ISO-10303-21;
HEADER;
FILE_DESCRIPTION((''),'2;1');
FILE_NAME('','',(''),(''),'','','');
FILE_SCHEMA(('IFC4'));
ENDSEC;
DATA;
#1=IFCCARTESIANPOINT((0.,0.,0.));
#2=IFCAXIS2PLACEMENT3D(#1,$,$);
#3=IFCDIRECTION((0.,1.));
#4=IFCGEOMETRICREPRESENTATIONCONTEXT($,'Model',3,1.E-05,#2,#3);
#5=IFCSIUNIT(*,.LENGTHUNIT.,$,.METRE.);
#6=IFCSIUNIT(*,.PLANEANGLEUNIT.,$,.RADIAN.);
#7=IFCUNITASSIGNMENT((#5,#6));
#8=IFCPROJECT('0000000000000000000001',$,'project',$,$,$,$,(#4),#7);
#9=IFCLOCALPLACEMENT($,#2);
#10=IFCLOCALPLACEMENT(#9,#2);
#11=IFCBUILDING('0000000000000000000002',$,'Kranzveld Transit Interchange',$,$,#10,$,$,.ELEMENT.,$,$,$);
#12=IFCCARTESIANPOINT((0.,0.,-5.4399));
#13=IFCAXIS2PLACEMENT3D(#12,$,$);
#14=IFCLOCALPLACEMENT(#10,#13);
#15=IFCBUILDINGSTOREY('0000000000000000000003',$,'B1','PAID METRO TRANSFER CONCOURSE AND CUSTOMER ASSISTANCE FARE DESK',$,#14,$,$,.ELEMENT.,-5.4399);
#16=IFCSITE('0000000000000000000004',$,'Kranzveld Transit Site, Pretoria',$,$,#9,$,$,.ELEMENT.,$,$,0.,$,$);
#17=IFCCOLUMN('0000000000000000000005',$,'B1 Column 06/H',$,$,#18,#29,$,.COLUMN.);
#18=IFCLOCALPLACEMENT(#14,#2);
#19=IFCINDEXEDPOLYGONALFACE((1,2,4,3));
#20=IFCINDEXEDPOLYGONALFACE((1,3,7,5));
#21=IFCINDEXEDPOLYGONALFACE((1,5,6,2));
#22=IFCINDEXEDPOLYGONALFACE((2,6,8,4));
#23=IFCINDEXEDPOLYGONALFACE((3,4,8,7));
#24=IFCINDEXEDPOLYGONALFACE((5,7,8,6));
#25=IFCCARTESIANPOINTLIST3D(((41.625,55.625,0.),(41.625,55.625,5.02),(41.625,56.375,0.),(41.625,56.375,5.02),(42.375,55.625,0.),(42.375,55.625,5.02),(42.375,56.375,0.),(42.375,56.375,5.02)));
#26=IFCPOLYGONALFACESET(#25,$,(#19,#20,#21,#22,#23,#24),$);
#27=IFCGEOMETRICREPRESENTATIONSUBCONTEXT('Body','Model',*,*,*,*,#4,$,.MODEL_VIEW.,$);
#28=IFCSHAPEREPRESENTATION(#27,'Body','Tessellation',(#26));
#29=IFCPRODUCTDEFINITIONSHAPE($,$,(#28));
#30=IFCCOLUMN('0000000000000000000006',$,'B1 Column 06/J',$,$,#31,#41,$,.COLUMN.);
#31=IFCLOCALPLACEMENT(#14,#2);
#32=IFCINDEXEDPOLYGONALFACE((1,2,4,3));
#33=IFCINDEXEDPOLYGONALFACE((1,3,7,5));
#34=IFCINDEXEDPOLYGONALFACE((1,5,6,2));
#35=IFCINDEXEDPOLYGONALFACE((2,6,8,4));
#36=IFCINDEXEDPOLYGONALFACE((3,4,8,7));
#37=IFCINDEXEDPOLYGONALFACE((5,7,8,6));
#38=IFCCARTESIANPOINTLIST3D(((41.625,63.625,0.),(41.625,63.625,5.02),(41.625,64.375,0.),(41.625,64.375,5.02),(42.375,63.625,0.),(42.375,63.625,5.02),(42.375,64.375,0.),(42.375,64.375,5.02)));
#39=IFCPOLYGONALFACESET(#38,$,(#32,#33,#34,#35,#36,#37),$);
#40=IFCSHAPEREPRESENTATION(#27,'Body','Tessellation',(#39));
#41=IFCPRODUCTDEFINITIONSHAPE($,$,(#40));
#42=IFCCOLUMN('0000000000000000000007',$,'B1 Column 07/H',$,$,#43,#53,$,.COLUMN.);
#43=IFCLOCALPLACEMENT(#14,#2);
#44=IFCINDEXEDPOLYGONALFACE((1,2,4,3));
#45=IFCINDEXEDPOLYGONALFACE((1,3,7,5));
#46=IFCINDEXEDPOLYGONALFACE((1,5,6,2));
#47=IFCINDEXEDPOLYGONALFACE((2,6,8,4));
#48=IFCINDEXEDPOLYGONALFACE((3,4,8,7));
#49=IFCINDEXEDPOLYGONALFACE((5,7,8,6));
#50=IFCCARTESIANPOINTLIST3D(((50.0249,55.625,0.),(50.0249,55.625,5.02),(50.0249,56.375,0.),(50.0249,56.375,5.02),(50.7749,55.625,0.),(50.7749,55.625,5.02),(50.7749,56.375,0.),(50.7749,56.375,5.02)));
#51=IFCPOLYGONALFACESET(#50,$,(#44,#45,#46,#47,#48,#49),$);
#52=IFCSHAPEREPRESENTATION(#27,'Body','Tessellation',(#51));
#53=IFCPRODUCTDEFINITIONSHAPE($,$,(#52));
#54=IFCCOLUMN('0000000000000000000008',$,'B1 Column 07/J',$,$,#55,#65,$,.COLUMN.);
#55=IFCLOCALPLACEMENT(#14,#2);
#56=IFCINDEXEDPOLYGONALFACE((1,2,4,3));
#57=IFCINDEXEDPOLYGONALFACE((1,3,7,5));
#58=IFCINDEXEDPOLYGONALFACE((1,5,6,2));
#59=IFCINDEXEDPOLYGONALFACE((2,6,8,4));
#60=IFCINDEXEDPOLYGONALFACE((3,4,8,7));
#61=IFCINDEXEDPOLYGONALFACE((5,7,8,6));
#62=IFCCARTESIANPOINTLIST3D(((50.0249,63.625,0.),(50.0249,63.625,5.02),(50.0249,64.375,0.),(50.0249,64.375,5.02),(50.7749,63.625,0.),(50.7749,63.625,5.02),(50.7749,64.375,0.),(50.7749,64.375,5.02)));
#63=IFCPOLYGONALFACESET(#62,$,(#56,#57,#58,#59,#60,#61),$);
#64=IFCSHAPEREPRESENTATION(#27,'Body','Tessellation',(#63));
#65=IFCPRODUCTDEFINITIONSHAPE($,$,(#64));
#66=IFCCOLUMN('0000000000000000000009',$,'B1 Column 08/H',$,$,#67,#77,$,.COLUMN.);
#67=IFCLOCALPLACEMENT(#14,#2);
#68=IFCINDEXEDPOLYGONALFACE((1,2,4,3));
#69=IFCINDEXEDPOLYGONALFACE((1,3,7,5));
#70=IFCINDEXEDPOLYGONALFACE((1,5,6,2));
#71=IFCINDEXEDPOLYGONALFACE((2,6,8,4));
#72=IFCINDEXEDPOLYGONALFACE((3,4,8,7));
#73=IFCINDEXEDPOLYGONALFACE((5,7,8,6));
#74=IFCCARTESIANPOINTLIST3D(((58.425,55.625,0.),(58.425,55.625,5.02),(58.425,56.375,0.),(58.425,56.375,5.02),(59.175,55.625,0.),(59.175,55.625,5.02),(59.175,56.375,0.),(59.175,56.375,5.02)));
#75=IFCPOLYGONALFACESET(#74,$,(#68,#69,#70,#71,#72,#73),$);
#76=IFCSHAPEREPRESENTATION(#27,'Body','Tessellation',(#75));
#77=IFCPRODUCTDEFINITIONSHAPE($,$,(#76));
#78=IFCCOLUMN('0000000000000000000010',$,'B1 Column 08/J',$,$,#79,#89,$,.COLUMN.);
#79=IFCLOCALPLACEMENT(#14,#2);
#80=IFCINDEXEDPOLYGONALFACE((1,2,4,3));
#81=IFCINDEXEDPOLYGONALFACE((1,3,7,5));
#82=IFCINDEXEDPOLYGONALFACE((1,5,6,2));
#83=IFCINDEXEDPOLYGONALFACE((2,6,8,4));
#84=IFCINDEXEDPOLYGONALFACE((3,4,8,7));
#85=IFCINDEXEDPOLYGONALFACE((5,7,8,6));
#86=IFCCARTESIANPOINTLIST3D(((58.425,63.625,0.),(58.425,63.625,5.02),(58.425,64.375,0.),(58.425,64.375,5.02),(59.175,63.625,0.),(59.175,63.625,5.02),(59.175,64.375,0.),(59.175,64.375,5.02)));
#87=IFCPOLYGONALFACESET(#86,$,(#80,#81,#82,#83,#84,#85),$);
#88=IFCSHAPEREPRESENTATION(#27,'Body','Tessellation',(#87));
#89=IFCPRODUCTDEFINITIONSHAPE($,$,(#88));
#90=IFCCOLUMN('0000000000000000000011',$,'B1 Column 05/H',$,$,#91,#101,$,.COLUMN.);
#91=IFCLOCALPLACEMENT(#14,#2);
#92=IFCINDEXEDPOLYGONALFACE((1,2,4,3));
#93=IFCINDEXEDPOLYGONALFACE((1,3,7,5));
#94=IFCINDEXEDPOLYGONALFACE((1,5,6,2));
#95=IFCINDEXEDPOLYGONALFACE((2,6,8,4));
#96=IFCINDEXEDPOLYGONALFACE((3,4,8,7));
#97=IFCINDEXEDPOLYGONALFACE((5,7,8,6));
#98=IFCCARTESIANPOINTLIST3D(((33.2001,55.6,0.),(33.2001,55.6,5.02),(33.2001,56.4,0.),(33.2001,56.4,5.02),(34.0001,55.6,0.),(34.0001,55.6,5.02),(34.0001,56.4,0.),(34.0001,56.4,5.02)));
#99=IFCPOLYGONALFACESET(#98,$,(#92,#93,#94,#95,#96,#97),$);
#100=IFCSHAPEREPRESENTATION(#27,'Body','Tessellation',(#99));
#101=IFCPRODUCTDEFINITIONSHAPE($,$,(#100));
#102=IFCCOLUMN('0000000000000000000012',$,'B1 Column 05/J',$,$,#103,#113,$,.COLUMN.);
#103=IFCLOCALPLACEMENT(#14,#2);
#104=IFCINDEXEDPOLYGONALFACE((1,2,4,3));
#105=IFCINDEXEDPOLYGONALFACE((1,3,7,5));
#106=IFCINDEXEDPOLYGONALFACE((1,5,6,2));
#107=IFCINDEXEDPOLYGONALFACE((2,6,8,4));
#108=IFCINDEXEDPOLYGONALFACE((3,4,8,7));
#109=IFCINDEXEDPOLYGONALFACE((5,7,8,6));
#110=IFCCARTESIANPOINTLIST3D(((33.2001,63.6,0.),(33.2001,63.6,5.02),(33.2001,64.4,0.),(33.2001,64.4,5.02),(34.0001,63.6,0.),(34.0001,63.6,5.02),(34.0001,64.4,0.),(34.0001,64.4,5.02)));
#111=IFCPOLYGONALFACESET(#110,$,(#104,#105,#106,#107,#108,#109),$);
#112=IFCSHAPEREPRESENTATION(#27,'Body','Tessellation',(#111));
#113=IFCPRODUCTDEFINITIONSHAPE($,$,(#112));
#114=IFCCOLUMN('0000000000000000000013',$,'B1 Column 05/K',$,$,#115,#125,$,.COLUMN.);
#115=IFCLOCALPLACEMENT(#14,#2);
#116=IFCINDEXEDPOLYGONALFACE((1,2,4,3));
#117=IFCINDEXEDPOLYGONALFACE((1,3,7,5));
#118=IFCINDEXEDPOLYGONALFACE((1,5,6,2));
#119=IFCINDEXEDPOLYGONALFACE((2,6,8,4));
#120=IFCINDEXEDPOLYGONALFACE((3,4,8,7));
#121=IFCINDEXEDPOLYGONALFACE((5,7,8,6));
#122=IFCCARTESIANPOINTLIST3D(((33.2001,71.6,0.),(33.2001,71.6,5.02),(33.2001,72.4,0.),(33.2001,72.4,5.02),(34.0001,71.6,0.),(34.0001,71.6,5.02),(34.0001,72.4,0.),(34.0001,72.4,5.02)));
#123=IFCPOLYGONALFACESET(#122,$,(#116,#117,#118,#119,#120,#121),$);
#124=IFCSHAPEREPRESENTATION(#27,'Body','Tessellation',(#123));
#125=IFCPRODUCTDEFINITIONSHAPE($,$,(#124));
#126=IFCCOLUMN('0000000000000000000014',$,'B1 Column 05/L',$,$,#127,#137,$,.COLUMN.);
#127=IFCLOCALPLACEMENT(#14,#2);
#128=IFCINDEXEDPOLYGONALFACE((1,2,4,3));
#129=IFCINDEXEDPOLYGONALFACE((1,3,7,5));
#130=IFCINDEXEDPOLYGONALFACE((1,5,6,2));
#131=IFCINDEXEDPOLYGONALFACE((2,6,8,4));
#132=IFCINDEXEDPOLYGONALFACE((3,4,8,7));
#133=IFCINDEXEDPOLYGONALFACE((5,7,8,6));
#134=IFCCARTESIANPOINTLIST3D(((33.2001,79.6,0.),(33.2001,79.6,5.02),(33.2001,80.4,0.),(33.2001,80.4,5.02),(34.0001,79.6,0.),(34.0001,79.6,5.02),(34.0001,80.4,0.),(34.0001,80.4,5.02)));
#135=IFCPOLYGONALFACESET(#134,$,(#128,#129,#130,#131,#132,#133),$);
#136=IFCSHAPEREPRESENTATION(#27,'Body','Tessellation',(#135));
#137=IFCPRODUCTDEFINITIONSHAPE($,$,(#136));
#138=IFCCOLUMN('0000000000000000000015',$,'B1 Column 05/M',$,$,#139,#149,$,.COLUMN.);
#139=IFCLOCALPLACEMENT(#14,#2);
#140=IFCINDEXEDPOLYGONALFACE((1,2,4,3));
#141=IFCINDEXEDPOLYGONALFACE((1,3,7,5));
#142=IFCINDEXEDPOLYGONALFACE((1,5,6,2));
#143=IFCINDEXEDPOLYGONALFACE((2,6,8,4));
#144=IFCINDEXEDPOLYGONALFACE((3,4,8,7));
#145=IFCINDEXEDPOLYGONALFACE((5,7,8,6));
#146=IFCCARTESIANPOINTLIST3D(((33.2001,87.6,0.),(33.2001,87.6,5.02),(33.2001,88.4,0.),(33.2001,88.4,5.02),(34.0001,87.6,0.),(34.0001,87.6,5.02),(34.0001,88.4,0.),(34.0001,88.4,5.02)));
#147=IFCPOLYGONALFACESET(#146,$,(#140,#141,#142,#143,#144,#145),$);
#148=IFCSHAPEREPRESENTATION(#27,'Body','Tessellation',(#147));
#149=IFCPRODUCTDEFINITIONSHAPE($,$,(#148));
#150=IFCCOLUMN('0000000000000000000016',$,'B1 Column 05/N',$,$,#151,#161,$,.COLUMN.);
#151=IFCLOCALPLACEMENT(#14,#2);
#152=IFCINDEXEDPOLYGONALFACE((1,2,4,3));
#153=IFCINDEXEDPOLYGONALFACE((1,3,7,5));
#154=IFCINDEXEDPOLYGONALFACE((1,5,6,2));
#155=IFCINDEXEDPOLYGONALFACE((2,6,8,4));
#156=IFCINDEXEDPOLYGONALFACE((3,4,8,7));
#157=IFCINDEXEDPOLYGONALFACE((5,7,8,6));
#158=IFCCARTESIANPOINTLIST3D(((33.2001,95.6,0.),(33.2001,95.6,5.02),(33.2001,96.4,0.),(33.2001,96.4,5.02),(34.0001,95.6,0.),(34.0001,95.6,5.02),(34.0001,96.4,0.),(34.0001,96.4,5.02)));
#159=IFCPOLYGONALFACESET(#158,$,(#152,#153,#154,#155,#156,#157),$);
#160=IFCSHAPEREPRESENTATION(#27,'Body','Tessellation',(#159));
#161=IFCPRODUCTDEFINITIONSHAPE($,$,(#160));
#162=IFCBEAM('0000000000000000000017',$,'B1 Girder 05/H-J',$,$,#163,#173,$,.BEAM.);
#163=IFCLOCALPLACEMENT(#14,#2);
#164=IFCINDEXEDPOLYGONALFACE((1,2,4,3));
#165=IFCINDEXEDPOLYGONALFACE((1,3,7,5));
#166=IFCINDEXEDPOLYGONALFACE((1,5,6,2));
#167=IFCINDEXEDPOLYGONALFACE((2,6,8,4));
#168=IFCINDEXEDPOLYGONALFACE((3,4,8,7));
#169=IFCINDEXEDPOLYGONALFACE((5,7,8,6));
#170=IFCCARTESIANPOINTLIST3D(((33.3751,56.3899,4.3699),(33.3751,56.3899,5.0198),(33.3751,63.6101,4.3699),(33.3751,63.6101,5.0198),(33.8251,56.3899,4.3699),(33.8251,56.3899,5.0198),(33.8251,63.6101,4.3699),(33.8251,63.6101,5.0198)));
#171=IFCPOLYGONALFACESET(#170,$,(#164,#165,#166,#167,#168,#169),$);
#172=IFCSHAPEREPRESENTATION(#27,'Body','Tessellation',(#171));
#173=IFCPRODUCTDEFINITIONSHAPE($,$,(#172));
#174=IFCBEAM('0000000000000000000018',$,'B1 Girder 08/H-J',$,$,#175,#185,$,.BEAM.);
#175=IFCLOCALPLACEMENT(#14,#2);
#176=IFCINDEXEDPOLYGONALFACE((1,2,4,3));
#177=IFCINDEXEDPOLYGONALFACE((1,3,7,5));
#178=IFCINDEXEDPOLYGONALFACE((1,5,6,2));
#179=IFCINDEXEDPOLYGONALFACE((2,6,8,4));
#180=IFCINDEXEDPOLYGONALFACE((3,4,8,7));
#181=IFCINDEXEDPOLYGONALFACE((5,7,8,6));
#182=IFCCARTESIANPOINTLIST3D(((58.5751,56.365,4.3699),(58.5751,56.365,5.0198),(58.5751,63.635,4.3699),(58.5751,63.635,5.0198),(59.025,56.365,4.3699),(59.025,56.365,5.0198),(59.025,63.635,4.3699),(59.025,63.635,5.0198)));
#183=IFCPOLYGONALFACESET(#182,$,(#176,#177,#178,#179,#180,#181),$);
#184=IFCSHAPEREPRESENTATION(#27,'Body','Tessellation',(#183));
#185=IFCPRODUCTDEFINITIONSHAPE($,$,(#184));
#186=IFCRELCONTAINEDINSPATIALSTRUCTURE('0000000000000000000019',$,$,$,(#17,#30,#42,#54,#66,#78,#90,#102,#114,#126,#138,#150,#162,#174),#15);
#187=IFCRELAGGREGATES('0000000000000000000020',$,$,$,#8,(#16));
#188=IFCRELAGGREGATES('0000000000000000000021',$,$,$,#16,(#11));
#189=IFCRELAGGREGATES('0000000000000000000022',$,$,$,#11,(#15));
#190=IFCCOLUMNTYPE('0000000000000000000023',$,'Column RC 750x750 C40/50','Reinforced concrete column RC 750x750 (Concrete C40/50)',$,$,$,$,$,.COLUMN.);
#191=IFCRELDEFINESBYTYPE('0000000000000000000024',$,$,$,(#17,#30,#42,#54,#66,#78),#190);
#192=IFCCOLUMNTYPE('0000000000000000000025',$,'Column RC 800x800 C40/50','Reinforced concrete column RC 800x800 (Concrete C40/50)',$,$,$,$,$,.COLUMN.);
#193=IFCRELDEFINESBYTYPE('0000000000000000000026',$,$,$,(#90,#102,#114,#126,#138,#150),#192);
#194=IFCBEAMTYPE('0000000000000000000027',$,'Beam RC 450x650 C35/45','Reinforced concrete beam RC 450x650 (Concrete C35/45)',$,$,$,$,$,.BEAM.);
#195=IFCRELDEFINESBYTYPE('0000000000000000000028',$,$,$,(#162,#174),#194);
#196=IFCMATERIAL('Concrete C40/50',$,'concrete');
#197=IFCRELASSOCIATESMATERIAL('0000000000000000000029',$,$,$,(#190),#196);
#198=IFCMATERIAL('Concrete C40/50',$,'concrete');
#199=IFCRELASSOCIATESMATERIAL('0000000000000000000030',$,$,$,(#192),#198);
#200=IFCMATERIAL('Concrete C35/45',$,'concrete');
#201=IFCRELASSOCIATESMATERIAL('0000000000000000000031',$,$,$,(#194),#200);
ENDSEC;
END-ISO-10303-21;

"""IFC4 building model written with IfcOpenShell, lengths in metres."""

from ifc_helpers import new_model, si_unit, direction, frame, origin, origin_2d, place, context, subcontext, project, spatial, rectangle, extrude, material, material_profile, profile_set, type_object, element, save


model = new_model("IFC4")

# Units and contexts
model_context = context("Model", 3, precision=1e-05, world=origin(), true_north=direction((0.0, 1.0)))
body_context = subcontext(model_context, "Body", "Model", "MODEL_VIEW")
ifc_project = project(units=[si_unit("LENGTHUNIT", "METRE"), si_unit("PLANEANGLEUNIT", "RADIAN")], contexts=[model_context])

# Site, building, storey
site_placement = place(None, origin())
site = spatial("IfcSite", under=ifc_project, at=site_placement, Name="Kranzveld Transit Site, Pretoria", CompositionType="ELEMENT", RefElevation=0.0)
building_placement = place(site_placement, origin())
building = spatial("IfcBuilding", under=site, at=building_placement, Name="Kranzveld Transit Interchange", CompositionType="ELEMENT")
storey_placement = place(building_placement, frame((0.0, 0.0, -5.4399)))
storey = spatial("IfcBuildingStorey", under=building, at=storey_placement, Name="B1", Description="PAID METRO TRANSFER CONCOURSE AND CUSTOMER ASSISTANCE FARE DESK", CompositionType="ELEMENT", Elevation=-5.4399)

# Columns
ifc_material_1 = material(Name="Concrete C40/50", Category="concrete")
ifc_material_profile_1 = material_profile(ifc_material_1, rectangle(XDim=0.75, YDim=0.75, at=origin_2d()), Name="RC 750x750")
ifc_profile_set_1 = profile_set([ifc_material_profile_1], Name="Concrete C40/50")
column_type_1 = type_object("IfcColumnType", Name="Column RC 750x750 C40/50", Description="Reinforced concrete column RC 750x750 (Concrete C40/50)", PredefinedType="COLUMN", material=ifc_profile_set_1)
for number, where, z_axis, x_axis, name in (
    (1, (42.0, 56.0, 0.0), (0.0, 0.0, 1.0), (1.0, 0.0, 0.0), "B1 Column 06/H"),
    (2, (42.0, 64.0, 0.0), (0.0, 0.0, 1.0), (1.0, 0.0, 0.0), "B1 Column 06/J"),
    (3, (50.3999, 56.0, 0.0), (0.0, 0.0, 1.0), (1.0, 0.0, 0.0), "B1 Column 07/H"),
    (4, (50.3999, 64.0, 0.0), (0.0, 0.0, 1.0), (1.0, 0.0, 0.0), "B1 Column 07/J"),
    (5, (58.8, 56.0, 0.0), (0.0, 0.0, 1.0), (1.0, 0.0, 0.0), "B1 Column 08/H"),
    (6, (58.8, 64.0, 0.0), (0.0, 0.0, 1.0), (1.0, 0.0, 0.0), "B1 Column 08/J"),
):
    element("IfcColumn", number, at=place(storey_placement, frame(where, z_axis=z_axis, x_axis=x_axis)), inside=storey, type_object=column_type_1, Name=name, PredefinedType="COLUMN", context=body_context, shape_type="SweptSolid", body=[
        extrude(rectangle(XDim=0.75, YDim=0.75, at=origin_2d()), origin(), (0.0, 0.0, 1.0), 5.02),
    ])
ifc_material_2 = material(Name="Concrete C40/50", Category="concrete")
ifc_material_profile_2 = material_profile(ifc_material_2, rectangle(XDim=0.8, YDim=0.8, at=origin_2d()), Name="RC 800x800")
ifc_profile_set_2 = profile_set([ifc_material_profile_2], Name="Concrete C40/50")
column_type_2 = type_object("IfcColumnType", Name="Column RC 800x800 C40/50", Description="Reinforced concrete column RC 800x800 (Concrete C40/50)", PredefinedType="COLUMN", material=ifc_profile_set_2)
for number, where, z_axis, x_axis, name in (
    (7, (33.6001, 56.0, 0.0), (0.0, 0.0, 1.0), (1.0, 0.0, 0.0), "B1 Column 05/H"),
    (8, (33.6001, 64.0, 0.0), (0.0, 0.0, 1.0), (1.0, 0.0, 0.0), "B1 Column 05/J"),
    (9, (33.6001, 72.0, 0.0), (0.0, 0.0, 1.0), (1.0, 0.0, 0.0), "B1 Column 05/K"),
    (10, (33.6001, 80.0, 0.0), (0.0, 0.0, 1.0), (1.0, 0.0, 0.0), "B1 Column 05/L"),
    (11, (33.6001, 88.0, 0.0), (0.0, 0.0, 1.0), (1.0, 0.0, 0.0), "B1 Column 05/M"),
    (12, (33.6001, 96.0, 0.0), (0.0, 0.0, 1.0), (1.0, 0.0, 0.0), "B1 Column 05/N"),
):
    element("IfcColumn", number, at=place(storey_placement, frame(where, z_axis=z_axis, x_axis=x_axis)), inside=storey, type_object=column_type_2, Name=name, PredefinedType="COLUMN", context=body_context, shape_type="SweptSolid", body=[
        extrude(rectangle(XDim=0.8, YDim=0.8, at=origin_2d()), origin(), (0.0, 0.0, 1.0), 5.02),
    ])

# Beams
ifc_material_3 = material(Name="Concrete C35/45", Category="concrete")
ifc_material_profile_3 = material_profile(ifc_material_3, rectangle(XDim=0.45, YDim=0.6499, at=origin_2d()), Name="RC 450x650")
ifc_profile_set_3 = profile_set([ifc_material_profile_3], Name="Concrete C35/45")
beam_type_1 = type_object("IfcBeamType", Name="Beam RC 450x650 C35/45", Description="Reinforced concrete beam RC 450x650 (Concrete C35/45)", PredefinedType="BEAM", material=ifc_profile_set_3)
beam_1_placement = place(storey_placement, frame((33.6001, 56.3899, 4.6948), z_axis=(0.0, 1.0, 0.0), x_axis=(-1.0, 0.0, 0.0)))
element("IfcBeam", 13, at=beam_1_placement, inside=storey, type_object=beam_type_1, Name="B1 Girder 05/H-J", PredefinedType="BEAM", context=body_context, shape_type="SweptSolid", body=[
    extrude(rectangle(XDim=0.45, YDim=0.6499, at=origin_2d()), origin(), (0.0, 0.0, 1.0), 7.2202),
])
beam_2_placement = place(storey_placement, frame((58.8, 56.365, 4.6948), z_axis=(0.0, 1.0, 0.0), x_axis=(-1.0, 0.0, 0.0)))
element("IfcBeam", 14, at=beam_2_placement, inside=storey, type_object=beam_type_1, Name="B1 Girder 08/H-J", PredefinedType="BEAM", context=body_context, shape_type="SweptSolid", body=[
    extrude(rectangle(XDim=0.45, YDim=0.6499, at=origin_2d()), origin(), (0.0, 0.0, 1.0), 7.27),
])

save(model, "model.ifc")
